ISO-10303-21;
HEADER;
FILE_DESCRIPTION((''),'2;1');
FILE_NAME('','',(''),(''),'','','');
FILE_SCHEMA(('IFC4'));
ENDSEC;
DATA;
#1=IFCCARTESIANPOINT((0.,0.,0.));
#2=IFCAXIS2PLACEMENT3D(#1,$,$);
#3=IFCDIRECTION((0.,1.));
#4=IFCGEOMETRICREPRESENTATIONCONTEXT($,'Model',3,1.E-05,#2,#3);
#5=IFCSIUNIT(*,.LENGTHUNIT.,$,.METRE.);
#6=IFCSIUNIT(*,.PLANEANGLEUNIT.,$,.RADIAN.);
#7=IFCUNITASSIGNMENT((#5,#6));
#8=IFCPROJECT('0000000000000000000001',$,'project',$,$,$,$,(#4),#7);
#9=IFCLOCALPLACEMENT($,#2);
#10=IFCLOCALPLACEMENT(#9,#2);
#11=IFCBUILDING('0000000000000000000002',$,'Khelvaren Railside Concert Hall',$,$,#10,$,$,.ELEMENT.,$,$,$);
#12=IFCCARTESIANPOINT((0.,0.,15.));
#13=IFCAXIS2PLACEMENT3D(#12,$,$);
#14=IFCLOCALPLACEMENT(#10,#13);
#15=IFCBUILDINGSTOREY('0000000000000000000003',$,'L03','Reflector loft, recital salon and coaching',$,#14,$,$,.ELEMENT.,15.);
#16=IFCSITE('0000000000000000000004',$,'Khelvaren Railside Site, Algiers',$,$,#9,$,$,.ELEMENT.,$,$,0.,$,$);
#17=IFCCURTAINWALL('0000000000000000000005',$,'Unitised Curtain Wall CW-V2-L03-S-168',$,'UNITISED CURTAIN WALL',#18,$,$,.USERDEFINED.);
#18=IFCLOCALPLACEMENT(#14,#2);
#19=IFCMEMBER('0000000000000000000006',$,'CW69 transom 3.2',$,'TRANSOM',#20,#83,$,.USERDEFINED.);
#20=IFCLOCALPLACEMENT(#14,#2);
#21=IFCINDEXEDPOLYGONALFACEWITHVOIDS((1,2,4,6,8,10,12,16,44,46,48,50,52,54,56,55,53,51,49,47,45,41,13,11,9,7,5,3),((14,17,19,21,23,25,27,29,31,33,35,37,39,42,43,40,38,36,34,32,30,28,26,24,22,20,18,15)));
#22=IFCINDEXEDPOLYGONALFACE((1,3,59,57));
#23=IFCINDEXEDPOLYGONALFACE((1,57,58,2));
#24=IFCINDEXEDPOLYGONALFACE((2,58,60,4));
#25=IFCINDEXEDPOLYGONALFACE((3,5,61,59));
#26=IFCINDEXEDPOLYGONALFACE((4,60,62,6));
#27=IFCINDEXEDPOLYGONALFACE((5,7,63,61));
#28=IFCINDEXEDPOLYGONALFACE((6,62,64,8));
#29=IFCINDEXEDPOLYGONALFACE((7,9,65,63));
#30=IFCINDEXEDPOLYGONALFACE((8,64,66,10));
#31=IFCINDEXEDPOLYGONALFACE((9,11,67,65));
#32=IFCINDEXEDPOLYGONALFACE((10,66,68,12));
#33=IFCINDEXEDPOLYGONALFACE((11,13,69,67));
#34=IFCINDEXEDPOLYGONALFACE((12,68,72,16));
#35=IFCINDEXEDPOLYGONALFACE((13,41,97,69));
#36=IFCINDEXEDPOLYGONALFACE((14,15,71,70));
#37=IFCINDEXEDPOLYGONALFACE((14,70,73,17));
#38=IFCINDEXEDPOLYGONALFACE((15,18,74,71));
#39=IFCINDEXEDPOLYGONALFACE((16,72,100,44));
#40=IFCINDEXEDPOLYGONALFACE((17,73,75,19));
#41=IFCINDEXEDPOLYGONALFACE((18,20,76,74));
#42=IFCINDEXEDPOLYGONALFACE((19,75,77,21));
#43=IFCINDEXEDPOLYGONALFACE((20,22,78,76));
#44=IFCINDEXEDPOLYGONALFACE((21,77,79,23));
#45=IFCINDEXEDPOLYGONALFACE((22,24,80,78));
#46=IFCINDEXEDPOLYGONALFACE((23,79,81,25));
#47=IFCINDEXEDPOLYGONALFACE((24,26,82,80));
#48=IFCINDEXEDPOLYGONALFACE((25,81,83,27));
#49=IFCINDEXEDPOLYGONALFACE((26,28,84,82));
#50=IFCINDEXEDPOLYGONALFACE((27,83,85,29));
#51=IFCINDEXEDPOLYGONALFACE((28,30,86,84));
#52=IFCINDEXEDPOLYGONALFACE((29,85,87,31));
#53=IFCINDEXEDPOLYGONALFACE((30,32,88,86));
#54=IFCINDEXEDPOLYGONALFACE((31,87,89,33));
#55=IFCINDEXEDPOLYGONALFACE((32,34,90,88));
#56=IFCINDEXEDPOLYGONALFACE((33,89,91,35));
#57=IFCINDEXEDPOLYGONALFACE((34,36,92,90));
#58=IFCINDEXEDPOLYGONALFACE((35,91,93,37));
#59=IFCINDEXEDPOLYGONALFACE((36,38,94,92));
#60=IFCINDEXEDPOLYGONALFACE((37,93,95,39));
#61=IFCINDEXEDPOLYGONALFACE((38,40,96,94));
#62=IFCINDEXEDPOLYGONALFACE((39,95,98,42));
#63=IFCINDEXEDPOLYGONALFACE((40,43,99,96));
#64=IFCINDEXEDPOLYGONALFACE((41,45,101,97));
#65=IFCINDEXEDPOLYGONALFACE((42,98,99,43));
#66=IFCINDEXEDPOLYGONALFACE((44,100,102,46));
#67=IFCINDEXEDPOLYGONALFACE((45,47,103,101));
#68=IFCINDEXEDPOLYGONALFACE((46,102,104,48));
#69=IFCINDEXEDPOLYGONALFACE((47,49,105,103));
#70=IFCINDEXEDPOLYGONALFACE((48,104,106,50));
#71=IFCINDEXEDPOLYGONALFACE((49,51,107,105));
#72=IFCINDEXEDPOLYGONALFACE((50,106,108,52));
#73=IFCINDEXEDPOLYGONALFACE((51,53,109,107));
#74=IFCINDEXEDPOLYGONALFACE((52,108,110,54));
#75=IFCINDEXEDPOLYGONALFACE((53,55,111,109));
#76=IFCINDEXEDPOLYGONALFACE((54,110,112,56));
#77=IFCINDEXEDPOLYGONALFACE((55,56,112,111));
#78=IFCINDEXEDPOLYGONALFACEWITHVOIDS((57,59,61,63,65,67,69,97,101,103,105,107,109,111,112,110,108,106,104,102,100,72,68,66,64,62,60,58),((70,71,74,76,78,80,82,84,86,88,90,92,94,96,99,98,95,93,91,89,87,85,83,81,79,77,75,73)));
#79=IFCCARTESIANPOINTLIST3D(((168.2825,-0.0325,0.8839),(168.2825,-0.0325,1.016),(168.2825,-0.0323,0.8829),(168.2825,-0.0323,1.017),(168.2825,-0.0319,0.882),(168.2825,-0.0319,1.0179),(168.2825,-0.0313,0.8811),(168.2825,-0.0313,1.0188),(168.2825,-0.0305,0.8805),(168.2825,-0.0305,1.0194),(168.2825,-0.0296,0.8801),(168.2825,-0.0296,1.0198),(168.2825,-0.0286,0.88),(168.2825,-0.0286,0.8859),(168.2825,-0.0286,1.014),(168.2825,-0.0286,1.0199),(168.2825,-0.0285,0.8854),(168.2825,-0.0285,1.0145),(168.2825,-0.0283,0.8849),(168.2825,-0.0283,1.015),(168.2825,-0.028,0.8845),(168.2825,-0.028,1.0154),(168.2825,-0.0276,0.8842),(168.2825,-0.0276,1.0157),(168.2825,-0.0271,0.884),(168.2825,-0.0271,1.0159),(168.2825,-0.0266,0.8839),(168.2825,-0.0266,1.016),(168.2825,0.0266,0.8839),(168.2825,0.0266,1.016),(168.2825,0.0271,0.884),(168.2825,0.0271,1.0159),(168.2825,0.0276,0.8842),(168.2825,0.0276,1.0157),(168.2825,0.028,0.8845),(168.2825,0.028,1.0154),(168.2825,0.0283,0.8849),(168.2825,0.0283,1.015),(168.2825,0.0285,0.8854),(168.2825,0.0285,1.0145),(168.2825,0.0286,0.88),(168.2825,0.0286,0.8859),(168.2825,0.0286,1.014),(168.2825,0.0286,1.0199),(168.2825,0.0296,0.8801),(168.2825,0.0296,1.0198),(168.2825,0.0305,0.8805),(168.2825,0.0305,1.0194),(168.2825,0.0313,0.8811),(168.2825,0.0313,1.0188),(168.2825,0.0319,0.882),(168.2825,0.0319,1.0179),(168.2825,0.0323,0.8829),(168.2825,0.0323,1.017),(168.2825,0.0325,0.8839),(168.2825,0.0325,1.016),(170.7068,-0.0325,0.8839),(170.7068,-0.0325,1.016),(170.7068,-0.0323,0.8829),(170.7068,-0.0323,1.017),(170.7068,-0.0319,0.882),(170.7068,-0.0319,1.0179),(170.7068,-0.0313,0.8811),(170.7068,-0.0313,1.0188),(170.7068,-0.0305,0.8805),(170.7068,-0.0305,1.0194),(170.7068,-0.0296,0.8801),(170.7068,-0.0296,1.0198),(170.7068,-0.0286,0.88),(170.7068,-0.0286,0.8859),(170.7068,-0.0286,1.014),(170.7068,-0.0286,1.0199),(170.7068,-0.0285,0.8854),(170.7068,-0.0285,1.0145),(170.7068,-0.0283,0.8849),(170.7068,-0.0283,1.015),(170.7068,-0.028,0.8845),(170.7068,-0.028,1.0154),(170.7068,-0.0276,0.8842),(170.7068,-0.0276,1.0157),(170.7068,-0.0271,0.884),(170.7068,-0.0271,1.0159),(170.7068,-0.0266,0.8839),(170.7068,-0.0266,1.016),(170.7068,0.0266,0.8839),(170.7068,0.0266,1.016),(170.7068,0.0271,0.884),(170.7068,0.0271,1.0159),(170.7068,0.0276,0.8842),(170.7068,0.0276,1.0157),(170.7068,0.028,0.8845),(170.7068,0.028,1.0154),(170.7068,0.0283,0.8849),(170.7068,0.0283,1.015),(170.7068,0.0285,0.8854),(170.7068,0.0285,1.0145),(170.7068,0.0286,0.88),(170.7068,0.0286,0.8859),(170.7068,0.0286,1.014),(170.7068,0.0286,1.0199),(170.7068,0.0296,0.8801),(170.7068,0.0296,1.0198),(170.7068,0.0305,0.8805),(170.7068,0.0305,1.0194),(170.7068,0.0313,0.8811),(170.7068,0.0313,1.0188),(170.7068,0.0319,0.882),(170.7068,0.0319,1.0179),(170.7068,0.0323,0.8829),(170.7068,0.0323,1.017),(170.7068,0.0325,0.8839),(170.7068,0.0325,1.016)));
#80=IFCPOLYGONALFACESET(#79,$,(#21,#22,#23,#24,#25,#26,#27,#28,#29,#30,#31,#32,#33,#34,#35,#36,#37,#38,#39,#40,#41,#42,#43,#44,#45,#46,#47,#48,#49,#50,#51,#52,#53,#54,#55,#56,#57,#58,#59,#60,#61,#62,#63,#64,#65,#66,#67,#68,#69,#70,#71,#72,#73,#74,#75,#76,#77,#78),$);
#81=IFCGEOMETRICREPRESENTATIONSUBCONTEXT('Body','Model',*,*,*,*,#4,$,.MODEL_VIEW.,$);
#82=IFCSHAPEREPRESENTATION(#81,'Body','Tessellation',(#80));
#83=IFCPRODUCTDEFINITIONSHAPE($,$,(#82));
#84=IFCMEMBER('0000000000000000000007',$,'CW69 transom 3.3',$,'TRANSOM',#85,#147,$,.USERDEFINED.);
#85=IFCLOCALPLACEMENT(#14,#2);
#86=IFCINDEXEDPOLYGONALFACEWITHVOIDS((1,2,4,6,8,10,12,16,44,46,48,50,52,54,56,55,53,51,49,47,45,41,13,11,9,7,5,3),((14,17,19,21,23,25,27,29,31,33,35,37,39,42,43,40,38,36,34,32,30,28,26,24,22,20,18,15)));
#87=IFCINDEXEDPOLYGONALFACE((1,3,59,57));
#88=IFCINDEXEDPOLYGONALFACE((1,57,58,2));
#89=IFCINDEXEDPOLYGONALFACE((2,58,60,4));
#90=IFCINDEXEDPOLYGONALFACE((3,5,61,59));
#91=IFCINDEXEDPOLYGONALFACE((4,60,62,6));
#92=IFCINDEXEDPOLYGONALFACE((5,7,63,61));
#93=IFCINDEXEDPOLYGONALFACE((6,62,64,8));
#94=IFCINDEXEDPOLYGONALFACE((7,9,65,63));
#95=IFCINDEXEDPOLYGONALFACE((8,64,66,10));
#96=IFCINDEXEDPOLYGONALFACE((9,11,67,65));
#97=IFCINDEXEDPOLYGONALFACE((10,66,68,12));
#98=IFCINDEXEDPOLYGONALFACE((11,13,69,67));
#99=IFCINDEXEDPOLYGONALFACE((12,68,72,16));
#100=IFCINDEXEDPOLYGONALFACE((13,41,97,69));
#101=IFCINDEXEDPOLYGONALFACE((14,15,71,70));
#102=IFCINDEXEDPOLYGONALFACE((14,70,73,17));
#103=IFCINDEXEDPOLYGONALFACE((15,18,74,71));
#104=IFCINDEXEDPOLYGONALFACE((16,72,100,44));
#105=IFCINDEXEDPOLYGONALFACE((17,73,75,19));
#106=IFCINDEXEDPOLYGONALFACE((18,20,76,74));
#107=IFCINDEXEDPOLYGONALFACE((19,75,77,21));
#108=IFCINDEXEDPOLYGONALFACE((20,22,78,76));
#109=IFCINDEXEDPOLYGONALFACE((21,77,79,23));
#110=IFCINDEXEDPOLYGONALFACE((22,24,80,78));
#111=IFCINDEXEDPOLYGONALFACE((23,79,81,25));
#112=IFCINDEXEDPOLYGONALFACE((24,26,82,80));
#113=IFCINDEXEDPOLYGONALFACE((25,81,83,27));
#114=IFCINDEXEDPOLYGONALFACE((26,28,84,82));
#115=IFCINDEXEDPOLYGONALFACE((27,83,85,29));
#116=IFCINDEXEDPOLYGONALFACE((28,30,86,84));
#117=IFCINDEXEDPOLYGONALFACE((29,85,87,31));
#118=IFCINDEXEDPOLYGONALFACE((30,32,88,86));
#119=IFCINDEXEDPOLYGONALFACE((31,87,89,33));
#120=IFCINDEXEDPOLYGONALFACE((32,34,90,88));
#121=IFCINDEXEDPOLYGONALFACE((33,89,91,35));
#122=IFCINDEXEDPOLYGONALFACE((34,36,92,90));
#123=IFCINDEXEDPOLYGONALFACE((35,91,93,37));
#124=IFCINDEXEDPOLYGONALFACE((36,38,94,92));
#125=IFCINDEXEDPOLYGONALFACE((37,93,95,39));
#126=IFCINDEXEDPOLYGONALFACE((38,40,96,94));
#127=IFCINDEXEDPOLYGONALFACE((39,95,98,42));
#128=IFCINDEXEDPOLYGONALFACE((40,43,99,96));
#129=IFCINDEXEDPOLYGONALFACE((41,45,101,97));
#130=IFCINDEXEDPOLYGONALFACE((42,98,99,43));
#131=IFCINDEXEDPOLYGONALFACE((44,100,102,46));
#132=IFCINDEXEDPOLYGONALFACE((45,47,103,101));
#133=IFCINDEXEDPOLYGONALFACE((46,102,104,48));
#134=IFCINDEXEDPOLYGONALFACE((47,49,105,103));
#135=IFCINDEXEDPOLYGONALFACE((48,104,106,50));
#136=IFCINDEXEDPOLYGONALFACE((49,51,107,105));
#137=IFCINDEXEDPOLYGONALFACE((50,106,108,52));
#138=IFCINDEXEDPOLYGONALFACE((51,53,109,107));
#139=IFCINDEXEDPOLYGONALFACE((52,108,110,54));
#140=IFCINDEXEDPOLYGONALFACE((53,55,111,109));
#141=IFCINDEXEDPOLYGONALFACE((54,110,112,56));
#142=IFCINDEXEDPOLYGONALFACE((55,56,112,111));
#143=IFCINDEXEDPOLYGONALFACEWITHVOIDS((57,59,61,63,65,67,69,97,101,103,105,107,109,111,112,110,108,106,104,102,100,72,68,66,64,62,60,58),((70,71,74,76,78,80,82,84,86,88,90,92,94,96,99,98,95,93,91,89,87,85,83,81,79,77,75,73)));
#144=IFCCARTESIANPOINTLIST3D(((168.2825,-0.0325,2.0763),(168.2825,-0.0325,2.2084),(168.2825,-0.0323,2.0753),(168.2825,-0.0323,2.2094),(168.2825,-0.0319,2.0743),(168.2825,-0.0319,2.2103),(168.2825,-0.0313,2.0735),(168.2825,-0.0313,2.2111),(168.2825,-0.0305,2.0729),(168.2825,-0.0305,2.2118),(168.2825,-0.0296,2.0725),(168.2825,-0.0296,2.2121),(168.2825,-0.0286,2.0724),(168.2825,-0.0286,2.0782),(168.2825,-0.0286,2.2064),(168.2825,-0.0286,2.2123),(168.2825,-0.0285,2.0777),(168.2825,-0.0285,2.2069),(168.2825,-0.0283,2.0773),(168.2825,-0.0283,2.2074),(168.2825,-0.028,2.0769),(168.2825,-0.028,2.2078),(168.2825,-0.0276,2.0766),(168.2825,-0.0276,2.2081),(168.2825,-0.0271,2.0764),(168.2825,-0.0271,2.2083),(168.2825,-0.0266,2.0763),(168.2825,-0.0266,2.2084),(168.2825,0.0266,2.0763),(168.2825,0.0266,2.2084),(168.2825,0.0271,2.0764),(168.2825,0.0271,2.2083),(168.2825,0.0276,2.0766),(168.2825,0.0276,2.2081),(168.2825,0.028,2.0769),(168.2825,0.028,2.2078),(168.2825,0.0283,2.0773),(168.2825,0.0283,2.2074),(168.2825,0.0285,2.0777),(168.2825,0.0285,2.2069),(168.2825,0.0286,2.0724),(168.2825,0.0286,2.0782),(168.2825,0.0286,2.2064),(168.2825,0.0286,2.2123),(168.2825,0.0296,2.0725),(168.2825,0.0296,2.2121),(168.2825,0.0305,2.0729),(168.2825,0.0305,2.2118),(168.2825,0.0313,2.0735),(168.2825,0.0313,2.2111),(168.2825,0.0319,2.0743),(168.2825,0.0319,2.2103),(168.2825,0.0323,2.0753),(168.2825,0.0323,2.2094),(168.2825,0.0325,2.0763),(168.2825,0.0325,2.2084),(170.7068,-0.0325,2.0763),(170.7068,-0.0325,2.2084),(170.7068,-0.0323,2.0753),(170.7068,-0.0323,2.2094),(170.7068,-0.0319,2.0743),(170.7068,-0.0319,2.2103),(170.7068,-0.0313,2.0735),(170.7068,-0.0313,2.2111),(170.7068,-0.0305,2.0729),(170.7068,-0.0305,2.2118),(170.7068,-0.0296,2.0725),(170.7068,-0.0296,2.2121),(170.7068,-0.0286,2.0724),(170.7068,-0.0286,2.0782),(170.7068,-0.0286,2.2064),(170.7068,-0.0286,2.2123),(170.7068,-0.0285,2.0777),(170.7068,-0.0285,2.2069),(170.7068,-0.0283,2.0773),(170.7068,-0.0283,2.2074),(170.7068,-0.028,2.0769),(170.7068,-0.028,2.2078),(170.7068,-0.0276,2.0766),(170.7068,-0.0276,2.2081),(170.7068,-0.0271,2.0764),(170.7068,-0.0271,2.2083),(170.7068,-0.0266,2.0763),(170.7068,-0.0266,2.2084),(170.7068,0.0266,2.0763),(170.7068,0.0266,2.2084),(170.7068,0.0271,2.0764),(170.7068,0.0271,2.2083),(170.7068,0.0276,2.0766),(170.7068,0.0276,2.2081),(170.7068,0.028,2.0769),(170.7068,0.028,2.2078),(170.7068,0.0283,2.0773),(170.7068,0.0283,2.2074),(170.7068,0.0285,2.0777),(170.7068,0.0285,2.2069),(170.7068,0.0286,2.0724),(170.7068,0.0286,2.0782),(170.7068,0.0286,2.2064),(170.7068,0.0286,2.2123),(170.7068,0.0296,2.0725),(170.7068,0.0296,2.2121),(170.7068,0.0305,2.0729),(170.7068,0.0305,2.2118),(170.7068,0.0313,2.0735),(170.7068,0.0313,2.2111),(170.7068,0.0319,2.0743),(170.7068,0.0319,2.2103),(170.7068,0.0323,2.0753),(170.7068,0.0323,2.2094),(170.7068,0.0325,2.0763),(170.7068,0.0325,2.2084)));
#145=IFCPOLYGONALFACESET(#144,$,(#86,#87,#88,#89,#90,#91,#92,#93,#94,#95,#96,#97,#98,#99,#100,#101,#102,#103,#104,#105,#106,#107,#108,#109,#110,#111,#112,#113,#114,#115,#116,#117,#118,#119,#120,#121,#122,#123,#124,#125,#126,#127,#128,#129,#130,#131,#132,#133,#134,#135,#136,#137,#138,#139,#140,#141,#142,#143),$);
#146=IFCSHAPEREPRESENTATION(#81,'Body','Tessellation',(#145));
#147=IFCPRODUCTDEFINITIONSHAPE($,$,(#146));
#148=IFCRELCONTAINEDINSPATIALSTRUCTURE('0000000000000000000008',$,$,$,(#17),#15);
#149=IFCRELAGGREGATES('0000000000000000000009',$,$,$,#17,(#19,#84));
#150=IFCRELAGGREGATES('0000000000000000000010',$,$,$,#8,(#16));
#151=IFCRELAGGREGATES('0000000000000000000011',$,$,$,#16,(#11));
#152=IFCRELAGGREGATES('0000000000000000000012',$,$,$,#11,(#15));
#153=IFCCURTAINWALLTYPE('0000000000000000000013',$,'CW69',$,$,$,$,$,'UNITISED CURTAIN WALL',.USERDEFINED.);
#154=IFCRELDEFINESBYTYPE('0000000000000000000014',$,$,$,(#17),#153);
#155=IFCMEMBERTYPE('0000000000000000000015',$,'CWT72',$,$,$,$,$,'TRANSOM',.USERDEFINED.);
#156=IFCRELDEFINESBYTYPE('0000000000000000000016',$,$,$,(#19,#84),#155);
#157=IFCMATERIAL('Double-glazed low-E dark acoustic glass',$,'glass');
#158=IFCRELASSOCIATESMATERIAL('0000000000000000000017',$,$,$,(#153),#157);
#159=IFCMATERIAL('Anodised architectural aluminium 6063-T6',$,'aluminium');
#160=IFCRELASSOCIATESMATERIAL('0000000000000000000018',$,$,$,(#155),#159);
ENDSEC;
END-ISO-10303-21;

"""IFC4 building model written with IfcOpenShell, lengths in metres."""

from ifc_helpers import new_model, si_unit, direction, frame, origin, origin_2d, place, context, subcontext, project, spatial, hollow_rectangle, extrude, material, material_profile, profile_set, type_object, element, aggregate, save


model = new_model("IFC4")

# Units and contexts
model_context = context("Model", 3, precision=1e-05, world=origin(), true_north=direction((0.0, 1.0)))
body_context = subcontext(model_context, "Body", "Model", "MODEL_VIEW")
ifc_project = project(units=[si_unit("LENGTHUNIT", "METRE"), si_unit("PLANEANGLEUNIT", "RADIAN")], contexts=[model_context])

# Site, building, storey
site_placement = place(None, origin())
site = spatial("IfcSite", under=ifc_project, at=site_placement, Name="Khelvaren Railside Site, Algiers", CompositionType="ELEMENT", RefElevation=0.0)
building_placement = place(site_placement, origin())
building = spatial("IfcBuilding", under=site, at=building_placement, Name="Khelvaren Railside Concert Hall", CompositionType="ELEMENT")
storey_placement = place(building_placement, frame((0.0, 0.0, 15.0)))
storey = spatial("IfcBuildingStorey", under=building, at=storey_placement, Name="L03", Description="Reflector loft, recital salon and coaching", CompositionType="ELEMENT", Elevation=15.0)

# Shared definitions
ifc_material_1 = material(Name="Double-glazed low-E dark acoustic glass", Category="glass")
ifc_material_2 = material(Name="Anodised architectural aluminium 6063-T6", Category="aluminium")

# Curtain wall
curtain_wall_type_1 = type_object("IfcCurtainWallType", Name="CW69", ElementType="UNITISED CURTAIN WALL", PredefinedType="USERDEFINED", material=ifc_material_1)
curtain_wall_1_placement = place(storey_placement, origin())
curtain_wall_1 = element("IfcCurtainWall", 1, at=curtain_wall_1_placement, inside=storey, type_object=curtain_wall_type_1, Name="Unitised Curtain Wall CW-V2-L03-S-168", ObjectType="UNITISED CURTAIN WALL", PredefinedType="USERDEFINED")

# Members
ifc_material_profile_1 = material_profile(ifc_material_2, hollow_rectangle(XDim=0.0649, YDim=0.1399, WallThickness=0.0039, InnerFilletRadius=0.002, OuterFilletRadius=0.0039, at=origin_2d()), Name="CWT 65x140x4")
ifc_profile_set_1 = profile_set([ifc_material_profile_1], Name="Anodised architectural aluminium 6063-T6")
member_type_1 = type_object("IfcMemberType", Name="CWT72", ElementType="TRANSOM", PredefinedType="USERDEFINED", material=ifc_profile_set_1)
member_1_placement = place(storey_placement, frame((170.7068, 0.0, 0.95), z_axis=(-1.0, 0.0, 0.0), x_axis=(0.0, -1.0, 0.0)))
member_1 = element("IfcMember", 2, at=member_1_placement, type_object=member_type_1, Name="CW69 transom 3.2", ObjectType="TRANSOM", PredefinedType="USERDEFINED", context=body_context, shape_type="SweptSolid", body=[
    extrude(hollow_rectangle(XDim=0.0649, YDim=0.1399, WallThickness=0.0039, InnerFilletRadius=0.002, OuterFilletRadius=0.0039, at=origin_2d()), origin(), (0.0, 0.0, 1.0), 2.4243),
])
member_2_placement = place(storey_placement, frame((170.7068, 0.0, 2.1423), z_axis=(-1.0, 0.0, 0.0), x_axis=(0.0, -1.0, 0.0)))
member_2 = element("IfcMember", 3, at=member_2_placement, type_object=member_type_1, Name="CW69 transom 3.3", ObjectType="TRANSOM", PredefinedType="USERDEFINED", context=body_context, shape_type="SweptSolid", body=[
    extrude(hollow_rectangle(XDim=0.0649, YDim=0.1399, WallThickness=0.0039, InnerFilletRadius=0.002, OuterFilletRadius=0.0039, at=origin_2d()), origin(), (0.0, 0.0, 1.0), 2.4243),
])

aggregate(curtain_wall_1, [member_1, member_2])

save(model, "model.ifc")
